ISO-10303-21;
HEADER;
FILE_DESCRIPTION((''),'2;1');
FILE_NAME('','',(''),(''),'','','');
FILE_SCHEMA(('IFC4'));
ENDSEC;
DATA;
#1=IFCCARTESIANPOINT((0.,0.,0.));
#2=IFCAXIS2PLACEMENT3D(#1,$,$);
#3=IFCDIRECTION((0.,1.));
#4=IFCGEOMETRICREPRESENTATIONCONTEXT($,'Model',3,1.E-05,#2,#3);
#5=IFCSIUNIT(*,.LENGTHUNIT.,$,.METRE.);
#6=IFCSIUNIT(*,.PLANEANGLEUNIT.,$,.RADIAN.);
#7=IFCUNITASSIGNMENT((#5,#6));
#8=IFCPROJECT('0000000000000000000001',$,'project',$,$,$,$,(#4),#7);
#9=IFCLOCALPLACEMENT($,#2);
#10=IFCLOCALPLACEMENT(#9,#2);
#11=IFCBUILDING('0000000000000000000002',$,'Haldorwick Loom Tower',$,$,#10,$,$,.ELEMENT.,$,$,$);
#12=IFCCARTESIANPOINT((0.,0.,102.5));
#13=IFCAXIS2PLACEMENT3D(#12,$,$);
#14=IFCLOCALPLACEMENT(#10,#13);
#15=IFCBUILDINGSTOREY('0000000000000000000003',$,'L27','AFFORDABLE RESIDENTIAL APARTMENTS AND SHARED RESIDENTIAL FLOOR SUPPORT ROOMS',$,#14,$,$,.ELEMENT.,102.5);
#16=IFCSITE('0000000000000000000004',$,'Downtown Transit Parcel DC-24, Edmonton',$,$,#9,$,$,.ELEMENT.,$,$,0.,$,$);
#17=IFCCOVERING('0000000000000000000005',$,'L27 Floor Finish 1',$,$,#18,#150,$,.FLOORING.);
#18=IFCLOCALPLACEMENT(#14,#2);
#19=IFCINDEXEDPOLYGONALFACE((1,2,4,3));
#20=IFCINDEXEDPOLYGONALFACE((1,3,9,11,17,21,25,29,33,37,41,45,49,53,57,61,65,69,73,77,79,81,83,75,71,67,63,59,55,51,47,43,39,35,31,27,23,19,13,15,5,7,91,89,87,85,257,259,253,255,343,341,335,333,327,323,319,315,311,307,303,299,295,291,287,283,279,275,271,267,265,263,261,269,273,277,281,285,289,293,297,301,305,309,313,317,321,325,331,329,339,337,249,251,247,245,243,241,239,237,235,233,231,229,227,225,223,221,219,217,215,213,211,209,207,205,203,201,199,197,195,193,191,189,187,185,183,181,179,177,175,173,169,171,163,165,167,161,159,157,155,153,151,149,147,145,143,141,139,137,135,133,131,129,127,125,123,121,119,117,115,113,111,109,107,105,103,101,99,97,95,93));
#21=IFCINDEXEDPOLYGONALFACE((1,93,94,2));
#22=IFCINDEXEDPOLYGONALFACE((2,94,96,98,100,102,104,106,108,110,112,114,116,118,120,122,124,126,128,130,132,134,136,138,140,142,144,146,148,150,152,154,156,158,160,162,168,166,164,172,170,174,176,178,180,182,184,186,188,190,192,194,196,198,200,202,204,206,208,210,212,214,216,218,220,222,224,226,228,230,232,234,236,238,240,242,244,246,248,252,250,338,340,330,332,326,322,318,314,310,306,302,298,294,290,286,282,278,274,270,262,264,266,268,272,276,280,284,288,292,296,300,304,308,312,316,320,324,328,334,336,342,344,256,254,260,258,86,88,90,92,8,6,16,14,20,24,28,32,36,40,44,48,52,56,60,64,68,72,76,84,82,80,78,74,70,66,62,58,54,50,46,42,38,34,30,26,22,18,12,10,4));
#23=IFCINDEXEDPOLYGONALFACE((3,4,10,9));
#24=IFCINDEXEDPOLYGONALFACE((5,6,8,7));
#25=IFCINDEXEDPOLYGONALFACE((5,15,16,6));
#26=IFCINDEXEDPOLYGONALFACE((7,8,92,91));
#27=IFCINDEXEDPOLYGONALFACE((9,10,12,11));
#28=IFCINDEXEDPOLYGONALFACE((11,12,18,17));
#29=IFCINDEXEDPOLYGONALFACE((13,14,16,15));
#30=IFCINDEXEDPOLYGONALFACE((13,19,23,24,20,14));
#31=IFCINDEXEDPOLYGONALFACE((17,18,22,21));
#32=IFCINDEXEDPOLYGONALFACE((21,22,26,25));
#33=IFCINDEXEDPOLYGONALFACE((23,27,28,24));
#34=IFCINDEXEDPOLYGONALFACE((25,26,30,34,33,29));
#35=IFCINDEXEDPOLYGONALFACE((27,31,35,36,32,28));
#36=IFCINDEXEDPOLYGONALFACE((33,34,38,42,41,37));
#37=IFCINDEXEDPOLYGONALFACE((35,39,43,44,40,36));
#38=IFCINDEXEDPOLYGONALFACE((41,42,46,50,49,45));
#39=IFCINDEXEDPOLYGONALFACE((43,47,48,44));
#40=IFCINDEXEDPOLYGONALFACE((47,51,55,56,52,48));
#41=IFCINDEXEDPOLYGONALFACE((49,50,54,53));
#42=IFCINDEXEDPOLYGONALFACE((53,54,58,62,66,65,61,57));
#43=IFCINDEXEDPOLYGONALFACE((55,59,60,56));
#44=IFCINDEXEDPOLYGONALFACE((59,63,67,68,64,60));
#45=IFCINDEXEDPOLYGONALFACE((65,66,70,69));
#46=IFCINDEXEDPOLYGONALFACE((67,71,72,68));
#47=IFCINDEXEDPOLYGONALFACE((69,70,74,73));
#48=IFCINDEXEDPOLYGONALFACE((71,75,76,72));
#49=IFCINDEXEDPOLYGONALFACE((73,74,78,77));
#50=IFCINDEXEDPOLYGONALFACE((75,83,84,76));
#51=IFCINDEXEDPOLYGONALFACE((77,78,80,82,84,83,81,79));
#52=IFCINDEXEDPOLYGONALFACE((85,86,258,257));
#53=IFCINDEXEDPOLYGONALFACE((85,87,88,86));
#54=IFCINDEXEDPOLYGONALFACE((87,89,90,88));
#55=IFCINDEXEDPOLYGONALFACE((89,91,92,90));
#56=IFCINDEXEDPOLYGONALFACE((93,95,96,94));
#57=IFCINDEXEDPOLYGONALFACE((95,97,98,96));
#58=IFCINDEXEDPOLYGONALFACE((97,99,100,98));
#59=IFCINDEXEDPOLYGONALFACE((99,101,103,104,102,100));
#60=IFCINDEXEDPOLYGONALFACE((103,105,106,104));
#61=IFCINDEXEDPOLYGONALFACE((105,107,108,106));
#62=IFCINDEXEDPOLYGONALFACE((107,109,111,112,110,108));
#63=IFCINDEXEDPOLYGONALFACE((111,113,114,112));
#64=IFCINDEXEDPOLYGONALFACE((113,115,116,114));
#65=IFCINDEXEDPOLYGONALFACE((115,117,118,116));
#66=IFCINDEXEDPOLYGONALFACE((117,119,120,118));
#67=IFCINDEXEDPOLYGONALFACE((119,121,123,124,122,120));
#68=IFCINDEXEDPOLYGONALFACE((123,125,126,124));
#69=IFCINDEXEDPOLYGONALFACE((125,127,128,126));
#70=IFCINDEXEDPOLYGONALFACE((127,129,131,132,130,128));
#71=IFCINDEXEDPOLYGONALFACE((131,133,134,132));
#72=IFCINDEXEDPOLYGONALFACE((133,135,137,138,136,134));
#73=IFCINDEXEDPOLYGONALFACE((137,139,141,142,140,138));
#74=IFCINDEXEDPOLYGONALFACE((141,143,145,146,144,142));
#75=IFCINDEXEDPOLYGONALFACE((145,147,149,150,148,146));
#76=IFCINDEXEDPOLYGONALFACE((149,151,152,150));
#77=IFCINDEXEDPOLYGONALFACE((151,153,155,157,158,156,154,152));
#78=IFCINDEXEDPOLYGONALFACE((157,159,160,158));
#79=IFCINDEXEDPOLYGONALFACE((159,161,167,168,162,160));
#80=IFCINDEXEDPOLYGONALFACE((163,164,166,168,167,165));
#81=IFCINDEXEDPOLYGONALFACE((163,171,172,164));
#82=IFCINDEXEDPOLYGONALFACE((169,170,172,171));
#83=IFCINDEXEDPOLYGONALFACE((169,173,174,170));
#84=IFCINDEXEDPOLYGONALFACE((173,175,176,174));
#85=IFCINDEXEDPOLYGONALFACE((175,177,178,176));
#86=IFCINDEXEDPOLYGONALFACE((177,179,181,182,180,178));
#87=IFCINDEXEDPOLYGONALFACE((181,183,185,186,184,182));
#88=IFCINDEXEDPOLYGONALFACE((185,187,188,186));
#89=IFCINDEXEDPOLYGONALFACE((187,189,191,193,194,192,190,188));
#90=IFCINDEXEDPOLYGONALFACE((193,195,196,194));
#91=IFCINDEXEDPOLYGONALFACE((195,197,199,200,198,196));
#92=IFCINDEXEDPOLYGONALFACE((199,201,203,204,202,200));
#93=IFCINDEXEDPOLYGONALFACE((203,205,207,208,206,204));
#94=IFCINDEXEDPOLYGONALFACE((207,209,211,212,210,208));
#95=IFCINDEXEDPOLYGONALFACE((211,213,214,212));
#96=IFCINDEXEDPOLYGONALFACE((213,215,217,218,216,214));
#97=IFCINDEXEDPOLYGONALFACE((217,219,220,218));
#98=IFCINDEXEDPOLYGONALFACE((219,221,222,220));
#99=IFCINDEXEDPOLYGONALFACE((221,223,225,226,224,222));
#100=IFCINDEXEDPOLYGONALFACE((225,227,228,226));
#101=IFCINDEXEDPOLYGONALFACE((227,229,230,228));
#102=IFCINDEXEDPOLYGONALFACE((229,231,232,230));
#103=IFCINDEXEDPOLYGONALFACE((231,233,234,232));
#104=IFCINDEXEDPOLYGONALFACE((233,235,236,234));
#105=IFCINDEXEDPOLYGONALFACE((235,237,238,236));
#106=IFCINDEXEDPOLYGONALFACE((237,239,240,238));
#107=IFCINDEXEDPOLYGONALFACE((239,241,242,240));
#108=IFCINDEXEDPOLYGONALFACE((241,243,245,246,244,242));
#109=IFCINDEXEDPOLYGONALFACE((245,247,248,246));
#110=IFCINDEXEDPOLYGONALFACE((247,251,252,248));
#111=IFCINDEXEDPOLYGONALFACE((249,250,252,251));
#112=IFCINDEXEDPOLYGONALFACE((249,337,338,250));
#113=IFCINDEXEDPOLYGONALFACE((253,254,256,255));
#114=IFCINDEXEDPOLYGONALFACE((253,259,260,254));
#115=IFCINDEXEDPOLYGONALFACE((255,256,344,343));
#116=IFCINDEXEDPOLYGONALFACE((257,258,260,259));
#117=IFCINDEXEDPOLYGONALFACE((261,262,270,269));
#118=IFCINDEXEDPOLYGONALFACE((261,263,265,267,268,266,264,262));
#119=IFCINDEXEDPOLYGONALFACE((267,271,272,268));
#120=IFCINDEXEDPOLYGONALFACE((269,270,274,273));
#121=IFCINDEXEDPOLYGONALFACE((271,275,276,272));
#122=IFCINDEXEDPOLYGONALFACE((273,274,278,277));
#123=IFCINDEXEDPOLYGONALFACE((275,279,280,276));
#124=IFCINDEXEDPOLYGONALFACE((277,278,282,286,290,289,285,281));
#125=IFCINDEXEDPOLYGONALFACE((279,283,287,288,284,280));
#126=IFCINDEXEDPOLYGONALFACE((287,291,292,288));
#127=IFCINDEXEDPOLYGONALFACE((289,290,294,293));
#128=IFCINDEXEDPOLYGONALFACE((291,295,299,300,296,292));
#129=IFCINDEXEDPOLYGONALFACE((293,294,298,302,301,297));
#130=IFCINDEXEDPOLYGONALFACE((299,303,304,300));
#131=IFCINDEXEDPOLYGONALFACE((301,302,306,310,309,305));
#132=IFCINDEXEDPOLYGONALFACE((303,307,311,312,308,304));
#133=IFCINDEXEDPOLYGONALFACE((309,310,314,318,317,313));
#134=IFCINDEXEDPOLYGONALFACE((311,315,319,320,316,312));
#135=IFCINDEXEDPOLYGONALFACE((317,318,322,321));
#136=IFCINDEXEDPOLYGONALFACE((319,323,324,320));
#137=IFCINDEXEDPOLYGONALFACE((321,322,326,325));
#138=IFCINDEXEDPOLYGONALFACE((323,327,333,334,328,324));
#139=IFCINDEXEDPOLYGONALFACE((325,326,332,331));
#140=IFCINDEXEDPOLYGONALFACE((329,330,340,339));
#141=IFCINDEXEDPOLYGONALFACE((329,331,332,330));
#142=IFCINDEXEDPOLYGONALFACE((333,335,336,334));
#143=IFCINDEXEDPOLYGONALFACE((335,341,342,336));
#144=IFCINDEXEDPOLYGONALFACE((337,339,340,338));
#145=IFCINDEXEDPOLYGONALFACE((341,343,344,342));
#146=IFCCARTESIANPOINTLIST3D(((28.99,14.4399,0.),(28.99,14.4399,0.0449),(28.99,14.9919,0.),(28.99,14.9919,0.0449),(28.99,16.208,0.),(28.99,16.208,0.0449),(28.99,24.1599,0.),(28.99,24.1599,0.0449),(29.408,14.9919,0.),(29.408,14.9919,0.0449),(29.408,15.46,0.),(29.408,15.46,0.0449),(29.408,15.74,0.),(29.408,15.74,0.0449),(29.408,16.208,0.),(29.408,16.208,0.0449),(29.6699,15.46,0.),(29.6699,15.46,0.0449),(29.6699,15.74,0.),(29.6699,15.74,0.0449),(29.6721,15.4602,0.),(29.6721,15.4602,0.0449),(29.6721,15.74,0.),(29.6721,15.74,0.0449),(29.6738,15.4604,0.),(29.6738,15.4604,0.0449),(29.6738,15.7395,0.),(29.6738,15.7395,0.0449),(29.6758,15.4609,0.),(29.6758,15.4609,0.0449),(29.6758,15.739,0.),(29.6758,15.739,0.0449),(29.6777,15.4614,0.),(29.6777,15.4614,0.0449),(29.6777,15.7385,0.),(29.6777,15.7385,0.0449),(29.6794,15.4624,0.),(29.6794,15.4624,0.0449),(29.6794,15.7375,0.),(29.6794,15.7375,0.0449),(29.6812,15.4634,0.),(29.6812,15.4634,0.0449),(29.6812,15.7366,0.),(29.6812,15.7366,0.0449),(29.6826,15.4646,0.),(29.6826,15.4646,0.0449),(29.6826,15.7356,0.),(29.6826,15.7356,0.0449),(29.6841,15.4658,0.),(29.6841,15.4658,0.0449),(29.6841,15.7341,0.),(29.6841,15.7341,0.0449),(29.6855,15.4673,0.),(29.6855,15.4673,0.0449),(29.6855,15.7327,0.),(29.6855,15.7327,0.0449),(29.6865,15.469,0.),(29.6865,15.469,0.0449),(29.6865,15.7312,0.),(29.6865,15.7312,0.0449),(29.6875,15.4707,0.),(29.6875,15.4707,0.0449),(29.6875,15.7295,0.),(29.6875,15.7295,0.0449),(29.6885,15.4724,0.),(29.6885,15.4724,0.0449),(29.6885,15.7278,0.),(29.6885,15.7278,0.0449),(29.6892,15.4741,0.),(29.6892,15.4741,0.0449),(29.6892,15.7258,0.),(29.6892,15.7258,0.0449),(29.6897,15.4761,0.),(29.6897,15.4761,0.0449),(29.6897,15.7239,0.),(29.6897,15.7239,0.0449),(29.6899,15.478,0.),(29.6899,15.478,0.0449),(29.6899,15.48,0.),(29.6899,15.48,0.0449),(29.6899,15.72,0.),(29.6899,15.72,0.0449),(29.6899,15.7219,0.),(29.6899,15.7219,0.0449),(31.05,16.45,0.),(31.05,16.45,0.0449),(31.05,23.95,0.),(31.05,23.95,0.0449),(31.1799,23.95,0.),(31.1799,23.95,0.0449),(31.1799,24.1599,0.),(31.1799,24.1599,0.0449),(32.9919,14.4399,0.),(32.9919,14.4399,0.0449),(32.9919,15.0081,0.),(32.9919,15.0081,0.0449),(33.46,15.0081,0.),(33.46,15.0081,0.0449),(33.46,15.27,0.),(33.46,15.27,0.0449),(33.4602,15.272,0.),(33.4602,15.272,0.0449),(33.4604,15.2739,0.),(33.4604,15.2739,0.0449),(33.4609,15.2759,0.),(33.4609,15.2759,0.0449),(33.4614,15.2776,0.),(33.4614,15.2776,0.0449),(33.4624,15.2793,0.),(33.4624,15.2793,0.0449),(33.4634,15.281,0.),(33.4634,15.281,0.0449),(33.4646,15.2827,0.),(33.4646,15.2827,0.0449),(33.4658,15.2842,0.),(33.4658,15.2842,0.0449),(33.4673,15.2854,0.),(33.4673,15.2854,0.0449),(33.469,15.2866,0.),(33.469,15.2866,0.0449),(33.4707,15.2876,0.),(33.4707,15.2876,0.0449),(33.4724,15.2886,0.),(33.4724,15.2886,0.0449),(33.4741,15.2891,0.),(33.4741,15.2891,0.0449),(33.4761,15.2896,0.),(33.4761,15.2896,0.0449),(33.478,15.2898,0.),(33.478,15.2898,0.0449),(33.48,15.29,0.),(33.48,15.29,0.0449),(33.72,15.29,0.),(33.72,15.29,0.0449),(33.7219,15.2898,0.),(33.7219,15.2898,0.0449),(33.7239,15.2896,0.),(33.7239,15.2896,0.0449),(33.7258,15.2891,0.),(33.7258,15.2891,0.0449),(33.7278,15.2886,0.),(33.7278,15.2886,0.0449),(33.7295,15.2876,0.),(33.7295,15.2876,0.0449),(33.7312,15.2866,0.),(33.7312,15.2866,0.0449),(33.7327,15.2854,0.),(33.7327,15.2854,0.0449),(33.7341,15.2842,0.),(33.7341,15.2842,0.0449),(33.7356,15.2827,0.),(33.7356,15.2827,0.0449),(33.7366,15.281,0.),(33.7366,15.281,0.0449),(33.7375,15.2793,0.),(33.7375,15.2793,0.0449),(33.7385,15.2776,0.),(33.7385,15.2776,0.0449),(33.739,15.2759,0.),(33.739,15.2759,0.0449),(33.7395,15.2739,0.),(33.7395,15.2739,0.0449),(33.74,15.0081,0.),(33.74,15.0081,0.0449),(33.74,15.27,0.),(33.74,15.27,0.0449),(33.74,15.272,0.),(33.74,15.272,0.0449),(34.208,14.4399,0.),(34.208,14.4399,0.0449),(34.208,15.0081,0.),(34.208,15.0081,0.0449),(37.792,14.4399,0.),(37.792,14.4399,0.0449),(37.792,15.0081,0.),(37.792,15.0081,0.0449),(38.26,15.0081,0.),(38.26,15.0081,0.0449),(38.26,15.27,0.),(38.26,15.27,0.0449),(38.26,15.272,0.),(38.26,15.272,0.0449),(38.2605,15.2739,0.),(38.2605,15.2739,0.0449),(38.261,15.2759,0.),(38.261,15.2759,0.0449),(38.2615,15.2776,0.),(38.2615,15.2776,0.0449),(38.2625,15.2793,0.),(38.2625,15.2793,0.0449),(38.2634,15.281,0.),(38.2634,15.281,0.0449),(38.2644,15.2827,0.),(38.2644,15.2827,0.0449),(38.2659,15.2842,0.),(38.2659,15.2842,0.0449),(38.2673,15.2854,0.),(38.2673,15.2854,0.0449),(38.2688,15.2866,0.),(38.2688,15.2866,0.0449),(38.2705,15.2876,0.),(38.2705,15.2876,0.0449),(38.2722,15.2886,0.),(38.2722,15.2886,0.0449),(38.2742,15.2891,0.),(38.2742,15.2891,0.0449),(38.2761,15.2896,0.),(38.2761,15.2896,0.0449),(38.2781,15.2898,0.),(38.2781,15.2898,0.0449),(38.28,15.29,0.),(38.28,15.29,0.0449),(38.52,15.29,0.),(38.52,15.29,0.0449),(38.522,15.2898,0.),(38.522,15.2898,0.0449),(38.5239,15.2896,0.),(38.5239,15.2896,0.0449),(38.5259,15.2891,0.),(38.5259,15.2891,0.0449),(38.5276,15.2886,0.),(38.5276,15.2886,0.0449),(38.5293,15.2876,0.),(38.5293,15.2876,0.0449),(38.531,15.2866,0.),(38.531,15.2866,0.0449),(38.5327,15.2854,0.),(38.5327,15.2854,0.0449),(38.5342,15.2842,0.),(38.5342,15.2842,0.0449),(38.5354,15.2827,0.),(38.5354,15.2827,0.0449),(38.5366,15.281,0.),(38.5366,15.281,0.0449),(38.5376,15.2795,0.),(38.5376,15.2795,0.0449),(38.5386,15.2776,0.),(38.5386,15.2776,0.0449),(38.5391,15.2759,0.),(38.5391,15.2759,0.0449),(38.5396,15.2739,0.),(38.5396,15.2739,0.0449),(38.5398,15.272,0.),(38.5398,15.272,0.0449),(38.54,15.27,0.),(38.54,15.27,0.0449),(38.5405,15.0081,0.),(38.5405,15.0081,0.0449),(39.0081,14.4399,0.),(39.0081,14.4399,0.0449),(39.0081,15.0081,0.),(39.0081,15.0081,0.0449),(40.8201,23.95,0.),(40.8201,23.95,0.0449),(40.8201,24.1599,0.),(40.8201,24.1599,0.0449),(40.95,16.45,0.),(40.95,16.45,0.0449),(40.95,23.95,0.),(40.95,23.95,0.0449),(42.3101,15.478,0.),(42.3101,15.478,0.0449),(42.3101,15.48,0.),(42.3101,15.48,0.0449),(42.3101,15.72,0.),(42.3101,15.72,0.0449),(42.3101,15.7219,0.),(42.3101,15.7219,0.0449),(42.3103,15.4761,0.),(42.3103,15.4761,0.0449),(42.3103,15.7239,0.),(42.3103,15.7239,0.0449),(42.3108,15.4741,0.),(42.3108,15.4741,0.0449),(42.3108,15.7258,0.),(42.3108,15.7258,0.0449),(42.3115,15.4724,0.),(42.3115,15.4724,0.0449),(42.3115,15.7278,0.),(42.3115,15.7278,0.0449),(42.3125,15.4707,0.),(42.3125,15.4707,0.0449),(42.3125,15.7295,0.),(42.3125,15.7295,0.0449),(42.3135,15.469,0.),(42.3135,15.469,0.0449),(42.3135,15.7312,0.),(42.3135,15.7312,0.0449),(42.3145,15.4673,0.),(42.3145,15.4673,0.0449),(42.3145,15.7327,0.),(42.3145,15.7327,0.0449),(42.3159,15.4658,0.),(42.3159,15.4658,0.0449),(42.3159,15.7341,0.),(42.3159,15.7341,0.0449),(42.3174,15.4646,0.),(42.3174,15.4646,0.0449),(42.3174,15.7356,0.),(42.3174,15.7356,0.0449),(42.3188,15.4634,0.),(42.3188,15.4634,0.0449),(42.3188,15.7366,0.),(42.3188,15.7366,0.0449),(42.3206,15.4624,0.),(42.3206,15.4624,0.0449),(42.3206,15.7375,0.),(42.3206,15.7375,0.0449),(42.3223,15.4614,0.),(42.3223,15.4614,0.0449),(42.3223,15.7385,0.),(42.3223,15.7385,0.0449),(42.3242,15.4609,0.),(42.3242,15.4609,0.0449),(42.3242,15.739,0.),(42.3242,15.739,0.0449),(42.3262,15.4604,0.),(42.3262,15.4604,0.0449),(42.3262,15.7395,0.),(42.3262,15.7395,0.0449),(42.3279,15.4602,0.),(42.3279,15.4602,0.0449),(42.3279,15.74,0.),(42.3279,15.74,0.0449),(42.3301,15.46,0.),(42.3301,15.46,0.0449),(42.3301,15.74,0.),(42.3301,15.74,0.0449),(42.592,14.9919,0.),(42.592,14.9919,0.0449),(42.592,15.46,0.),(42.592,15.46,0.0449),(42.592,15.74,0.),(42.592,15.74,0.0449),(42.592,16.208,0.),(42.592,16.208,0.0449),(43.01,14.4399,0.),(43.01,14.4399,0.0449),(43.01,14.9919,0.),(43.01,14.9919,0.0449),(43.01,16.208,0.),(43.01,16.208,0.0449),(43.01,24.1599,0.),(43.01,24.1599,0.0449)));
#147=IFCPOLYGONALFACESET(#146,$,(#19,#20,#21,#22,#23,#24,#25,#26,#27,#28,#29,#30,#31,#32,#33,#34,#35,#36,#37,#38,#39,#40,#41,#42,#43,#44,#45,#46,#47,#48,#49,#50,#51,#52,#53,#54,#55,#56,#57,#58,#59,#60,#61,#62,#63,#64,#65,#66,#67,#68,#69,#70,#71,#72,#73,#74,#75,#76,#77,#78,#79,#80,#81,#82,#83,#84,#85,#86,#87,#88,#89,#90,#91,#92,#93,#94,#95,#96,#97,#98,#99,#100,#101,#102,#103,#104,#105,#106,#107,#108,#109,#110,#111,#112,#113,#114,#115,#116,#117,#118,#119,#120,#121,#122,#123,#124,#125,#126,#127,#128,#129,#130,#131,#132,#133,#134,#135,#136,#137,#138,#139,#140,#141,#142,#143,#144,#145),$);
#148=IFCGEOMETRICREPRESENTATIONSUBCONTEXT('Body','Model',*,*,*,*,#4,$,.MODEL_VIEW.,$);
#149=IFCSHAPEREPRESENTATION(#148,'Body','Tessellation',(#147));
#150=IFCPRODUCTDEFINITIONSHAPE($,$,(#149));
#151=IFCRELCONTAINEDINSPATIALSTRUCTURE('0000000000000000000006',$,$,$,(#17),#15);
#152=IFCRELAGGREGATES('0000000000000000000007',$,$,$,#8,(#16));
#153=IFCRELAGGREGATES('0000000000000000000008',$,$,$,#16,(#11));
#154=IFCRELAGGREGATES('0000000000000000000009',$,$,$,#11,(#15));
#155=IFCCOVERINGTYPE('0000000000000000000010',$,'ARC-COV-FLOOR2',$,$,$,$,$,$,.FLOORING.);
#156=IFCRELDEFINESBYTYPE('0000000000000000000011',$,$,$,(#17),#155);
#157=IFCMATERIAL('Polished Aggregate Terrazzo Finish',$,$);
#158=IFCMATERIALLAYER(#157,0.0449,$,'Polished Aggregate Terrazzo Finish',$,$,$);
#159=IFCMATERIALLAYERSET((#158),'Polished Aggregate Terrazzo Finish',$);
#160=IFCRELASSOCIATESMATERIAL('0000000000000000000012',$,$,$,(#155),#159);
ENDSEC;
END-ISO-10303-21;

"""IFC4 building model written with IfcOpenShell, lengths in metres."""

from ifc_helpers import new_model, si_unit, direction, frame, origin, place, context, subcontext, project, spatial, polyline, outline, extrude, material, layer, layer_set, type_object, element, save


model = new_model("IFC4")

# Units and contexts
model_context = context("Model", 3, precision=1e-05, world=origin(), true_north=direction((0.0, 1.0)))
body_context = subcontext(model_context, "Body", "Model", "MODEL_VIEW")
ifc_project = project(units=[si_unit("LENGTHUNIT", "METRE"), si_unit("PLANEANGLEUNIT", "RADIAN")], contexts=[model_context])

# Site, building, storey
site_placement = place(None, origin())
site = spatial("IfcSite", under=ifc_project, at=site_placement, Name="Downtown Transit Parcel DC-24, Edmonton", CompositionType="ELEMENT", RefElevation=0.0)
building_placement = place(site_placement, origin())
building = spatial("IfcBuilding", under=site, at=building_placement, Name="Haldorwick Loom Tower", CompositionType="ELEMENT")
storey_placement = place(building_placement, frame((0.0, 0.0, 102.5)))
storey = spatial("IfcBuildingStorey", under=building, at=storey_placement, Name="L27", Description="AFFORDABLE RESIDENTIAL APARTMENTS AND SHARED RESIDENTIAL FLOOR SUPPORT ROOMS", CompositionType="ELEMENT", Elevation=102.5)

# Covering
ifc_material_1 = material(Name="Polished Aggregate Terrazzo Finish")
ifc_layer_1 = layer(ifc_material_1, 0.0449, Name="Polished Aggregate Terrazzo Finish")
ifc_layer_set_1 = layer_set([ifc_layer_1], Name="Polished Aggregate Terrazzo Finish")
covering_type = type_object("IfcCoveringType", Name="ARC-COV-FLOOR2", PredefinedType="FLOORING", material=ifc_layer_set_1)
covering_1_placement = place(storey_placement, origin())
element("IfcCovering", 1, at=covering_1_placement, inside=storey, type_object=covering_type, Name="L27 Floor Finish 1", PredefinedType="FLOORING", context=body_context, shape_type="SweptSolid", body=[
    extrude(outline(polyline([(33.72, 15.29), (33.7219, 15.2898), (33.7239, 15.2896), (33.7258, 15.2891), (33.7278, 15.2886), (33.7295, 15.2876), (33.7312, 15.2866), (33.7327, 15.2854), (33.7341, 15.2842), (33.7356, 15.2827), (33.7366, 15.281), (33.7375, 15.2793), (33.7385, 15.2776), (33.739, 15.2759), (33.7395, 15.2739), (33.74, 15.272), (33.74, 15.27), (33.74, 15.0081), (34.208, 15.0081), (34.208, 14.4399), (37.792, 14.4399), (37.792, 15.0081), (38.26, 15.0081), (38.26, 15.27), (38.26, 15.272), (38.2605, 15.2739), (38.261, 15.2759), (38.2615, 15.2776), (38.2625, 15.2793), (38.2634, 15.281), (38.2644, 15.2827), (38.2659, 15.2842), (38.2673, 15.2854), (38.2688, 15.2866), (38.2705, 15.2876), (38.2722, 15.2886), (38.2742, 15.2891), (38.2761, 15.2896), (38.2781, 15.2898), (38.28, 15.29), (38.52, 15.29), (38.522, 15.2898), (38.5239, 15.2896), (38.5259, 15.2891), (38.5276, 15.2886), (38.5293, 15.2876), (38.531, 15.2866), (38.5327, 15.2854), (38.5342, 15.2842), (38.5354, 15.2827), (38.5366, 15.281), (38.5376, 15.2795), (38.5386, 15.2776), (38.5391, 15.2759), (38.5396, 15.2739), (38.5398, 15.272), (38.54, 15.27), (38.5405, 15.0081), (39.0081, 15.0081), (39.0081, 14.4399), (43.01, 14.4399), (43.01, 14.9919), (42.592, 14.9919), (42.592, 15.46), (42.3301, 15.46), (42.3279, 15.4602), (42.3262, 15.4604), (42.3242, 15.4609), (42.3223, 15.4614), (42.3206, 15.4624), (42.3188, 15.4634), (42.3174, 15.4646), (42.3159, 15.4658), (42.3145, 15.4673), (42.3135, 15.469), (42.3125, 15.4707), (42.3115, 15.4724), (42.3108, 15.4741), (42.3103, 15.4761), (42.3101, 15.478), (42.3101, 15.48), (42.3101, 15.72), (42.3101, 15.7219), (42.3103, 15.7239), (42.3108, 15.7258), (42.3115, 15.7278), (42.3125, 15.7295), (42.3135, 15.7312), (42.3145, 15.7327), (42.3159, 15.7341), (42.3174, 15.7356), (42.3188, 15.7366), (42.3206, 15.7375), (42.3223, 15.7385), (42.3242, 15.739), (42.3262, 15.7395), (42.3279, 15.74), (42.3301, 15.74), (42.592, 15.74), (42.592, 16.208), (43.01, 16.208), (43.01, 24.1599), (40.8201, 24.1599), (40.8201, 23.95), (40.95, 23.95), (40.95, 16.45), (31.05, 16.45), (31.05, 23.95), (31.1799, 23.95), (31.1799, 24.1599), (28.99, 24.1599), (28.99, 16.208), (29.408, 16.208), (29.408, 15.74), (29.6699, 15.74), (29.6721, 15.74), (29.6738, 15.7395), (29.6758, 15.739), (29.6777, 15.7385), (29.6794, 15.7375), (29.6812, 15.7366), (29.6826, 15.7356), (29.6841, 15.7341), (29.6855, 15.7327), (29.6865, 15.7312), (29.6875, 15.7295), (29.6885, 15.7278), (29.6892, 15.7258), (29.6897, 15.7239), (29.6899, 15.7219), (29.6899, 15.72), (29.6899, 15.48), (29.6899, 15.478), (29.6897, 15.4761), (29.6892, 15.4741), (29.6885, 15.4724), (29.6875, 15.4707), (29.6865, 15.469), (29.6855, 15.4673), (29.6841, 15.4658), (29.6826, 15.4646), (29.6812, 15.4634), (29.6794, 15.4624), (29.6777, 15.4614), (29.6758, 15.4609), (29.6738, 15.4604), (29.6721, 15.4602), (29.6699, 15.46), (29.408, 15.46), (29.408, 14.9919), (28.99, 14.9919), (28.99, 14.4399), (32.9919, 14.4399), (32.9919, 15.0081), (33.46, 15.0081), (33.46, 15.27), (33.4602, 15.272), (33.4604, 15.2739), (33.4609, 15.2759), (33.4614, 15.2776), (33.4624, 15.2793), (33.4634, 15.281), (33.4646, 15.2827), (33.4658, 15.2842), (33.4673, 15.2854), (33.469, 15.2866), (33.4707, 15.2876), (33.4724, 15.2886), (33.4741, 15.2891), (33.4761, 15.2896), (33.478, 15.2898), (33.48, 15.29), (33.72, 15.29)])), origin(), (0.0, 0.0, 1.0), 0.0449),
])

save(model, "model.ifc")
